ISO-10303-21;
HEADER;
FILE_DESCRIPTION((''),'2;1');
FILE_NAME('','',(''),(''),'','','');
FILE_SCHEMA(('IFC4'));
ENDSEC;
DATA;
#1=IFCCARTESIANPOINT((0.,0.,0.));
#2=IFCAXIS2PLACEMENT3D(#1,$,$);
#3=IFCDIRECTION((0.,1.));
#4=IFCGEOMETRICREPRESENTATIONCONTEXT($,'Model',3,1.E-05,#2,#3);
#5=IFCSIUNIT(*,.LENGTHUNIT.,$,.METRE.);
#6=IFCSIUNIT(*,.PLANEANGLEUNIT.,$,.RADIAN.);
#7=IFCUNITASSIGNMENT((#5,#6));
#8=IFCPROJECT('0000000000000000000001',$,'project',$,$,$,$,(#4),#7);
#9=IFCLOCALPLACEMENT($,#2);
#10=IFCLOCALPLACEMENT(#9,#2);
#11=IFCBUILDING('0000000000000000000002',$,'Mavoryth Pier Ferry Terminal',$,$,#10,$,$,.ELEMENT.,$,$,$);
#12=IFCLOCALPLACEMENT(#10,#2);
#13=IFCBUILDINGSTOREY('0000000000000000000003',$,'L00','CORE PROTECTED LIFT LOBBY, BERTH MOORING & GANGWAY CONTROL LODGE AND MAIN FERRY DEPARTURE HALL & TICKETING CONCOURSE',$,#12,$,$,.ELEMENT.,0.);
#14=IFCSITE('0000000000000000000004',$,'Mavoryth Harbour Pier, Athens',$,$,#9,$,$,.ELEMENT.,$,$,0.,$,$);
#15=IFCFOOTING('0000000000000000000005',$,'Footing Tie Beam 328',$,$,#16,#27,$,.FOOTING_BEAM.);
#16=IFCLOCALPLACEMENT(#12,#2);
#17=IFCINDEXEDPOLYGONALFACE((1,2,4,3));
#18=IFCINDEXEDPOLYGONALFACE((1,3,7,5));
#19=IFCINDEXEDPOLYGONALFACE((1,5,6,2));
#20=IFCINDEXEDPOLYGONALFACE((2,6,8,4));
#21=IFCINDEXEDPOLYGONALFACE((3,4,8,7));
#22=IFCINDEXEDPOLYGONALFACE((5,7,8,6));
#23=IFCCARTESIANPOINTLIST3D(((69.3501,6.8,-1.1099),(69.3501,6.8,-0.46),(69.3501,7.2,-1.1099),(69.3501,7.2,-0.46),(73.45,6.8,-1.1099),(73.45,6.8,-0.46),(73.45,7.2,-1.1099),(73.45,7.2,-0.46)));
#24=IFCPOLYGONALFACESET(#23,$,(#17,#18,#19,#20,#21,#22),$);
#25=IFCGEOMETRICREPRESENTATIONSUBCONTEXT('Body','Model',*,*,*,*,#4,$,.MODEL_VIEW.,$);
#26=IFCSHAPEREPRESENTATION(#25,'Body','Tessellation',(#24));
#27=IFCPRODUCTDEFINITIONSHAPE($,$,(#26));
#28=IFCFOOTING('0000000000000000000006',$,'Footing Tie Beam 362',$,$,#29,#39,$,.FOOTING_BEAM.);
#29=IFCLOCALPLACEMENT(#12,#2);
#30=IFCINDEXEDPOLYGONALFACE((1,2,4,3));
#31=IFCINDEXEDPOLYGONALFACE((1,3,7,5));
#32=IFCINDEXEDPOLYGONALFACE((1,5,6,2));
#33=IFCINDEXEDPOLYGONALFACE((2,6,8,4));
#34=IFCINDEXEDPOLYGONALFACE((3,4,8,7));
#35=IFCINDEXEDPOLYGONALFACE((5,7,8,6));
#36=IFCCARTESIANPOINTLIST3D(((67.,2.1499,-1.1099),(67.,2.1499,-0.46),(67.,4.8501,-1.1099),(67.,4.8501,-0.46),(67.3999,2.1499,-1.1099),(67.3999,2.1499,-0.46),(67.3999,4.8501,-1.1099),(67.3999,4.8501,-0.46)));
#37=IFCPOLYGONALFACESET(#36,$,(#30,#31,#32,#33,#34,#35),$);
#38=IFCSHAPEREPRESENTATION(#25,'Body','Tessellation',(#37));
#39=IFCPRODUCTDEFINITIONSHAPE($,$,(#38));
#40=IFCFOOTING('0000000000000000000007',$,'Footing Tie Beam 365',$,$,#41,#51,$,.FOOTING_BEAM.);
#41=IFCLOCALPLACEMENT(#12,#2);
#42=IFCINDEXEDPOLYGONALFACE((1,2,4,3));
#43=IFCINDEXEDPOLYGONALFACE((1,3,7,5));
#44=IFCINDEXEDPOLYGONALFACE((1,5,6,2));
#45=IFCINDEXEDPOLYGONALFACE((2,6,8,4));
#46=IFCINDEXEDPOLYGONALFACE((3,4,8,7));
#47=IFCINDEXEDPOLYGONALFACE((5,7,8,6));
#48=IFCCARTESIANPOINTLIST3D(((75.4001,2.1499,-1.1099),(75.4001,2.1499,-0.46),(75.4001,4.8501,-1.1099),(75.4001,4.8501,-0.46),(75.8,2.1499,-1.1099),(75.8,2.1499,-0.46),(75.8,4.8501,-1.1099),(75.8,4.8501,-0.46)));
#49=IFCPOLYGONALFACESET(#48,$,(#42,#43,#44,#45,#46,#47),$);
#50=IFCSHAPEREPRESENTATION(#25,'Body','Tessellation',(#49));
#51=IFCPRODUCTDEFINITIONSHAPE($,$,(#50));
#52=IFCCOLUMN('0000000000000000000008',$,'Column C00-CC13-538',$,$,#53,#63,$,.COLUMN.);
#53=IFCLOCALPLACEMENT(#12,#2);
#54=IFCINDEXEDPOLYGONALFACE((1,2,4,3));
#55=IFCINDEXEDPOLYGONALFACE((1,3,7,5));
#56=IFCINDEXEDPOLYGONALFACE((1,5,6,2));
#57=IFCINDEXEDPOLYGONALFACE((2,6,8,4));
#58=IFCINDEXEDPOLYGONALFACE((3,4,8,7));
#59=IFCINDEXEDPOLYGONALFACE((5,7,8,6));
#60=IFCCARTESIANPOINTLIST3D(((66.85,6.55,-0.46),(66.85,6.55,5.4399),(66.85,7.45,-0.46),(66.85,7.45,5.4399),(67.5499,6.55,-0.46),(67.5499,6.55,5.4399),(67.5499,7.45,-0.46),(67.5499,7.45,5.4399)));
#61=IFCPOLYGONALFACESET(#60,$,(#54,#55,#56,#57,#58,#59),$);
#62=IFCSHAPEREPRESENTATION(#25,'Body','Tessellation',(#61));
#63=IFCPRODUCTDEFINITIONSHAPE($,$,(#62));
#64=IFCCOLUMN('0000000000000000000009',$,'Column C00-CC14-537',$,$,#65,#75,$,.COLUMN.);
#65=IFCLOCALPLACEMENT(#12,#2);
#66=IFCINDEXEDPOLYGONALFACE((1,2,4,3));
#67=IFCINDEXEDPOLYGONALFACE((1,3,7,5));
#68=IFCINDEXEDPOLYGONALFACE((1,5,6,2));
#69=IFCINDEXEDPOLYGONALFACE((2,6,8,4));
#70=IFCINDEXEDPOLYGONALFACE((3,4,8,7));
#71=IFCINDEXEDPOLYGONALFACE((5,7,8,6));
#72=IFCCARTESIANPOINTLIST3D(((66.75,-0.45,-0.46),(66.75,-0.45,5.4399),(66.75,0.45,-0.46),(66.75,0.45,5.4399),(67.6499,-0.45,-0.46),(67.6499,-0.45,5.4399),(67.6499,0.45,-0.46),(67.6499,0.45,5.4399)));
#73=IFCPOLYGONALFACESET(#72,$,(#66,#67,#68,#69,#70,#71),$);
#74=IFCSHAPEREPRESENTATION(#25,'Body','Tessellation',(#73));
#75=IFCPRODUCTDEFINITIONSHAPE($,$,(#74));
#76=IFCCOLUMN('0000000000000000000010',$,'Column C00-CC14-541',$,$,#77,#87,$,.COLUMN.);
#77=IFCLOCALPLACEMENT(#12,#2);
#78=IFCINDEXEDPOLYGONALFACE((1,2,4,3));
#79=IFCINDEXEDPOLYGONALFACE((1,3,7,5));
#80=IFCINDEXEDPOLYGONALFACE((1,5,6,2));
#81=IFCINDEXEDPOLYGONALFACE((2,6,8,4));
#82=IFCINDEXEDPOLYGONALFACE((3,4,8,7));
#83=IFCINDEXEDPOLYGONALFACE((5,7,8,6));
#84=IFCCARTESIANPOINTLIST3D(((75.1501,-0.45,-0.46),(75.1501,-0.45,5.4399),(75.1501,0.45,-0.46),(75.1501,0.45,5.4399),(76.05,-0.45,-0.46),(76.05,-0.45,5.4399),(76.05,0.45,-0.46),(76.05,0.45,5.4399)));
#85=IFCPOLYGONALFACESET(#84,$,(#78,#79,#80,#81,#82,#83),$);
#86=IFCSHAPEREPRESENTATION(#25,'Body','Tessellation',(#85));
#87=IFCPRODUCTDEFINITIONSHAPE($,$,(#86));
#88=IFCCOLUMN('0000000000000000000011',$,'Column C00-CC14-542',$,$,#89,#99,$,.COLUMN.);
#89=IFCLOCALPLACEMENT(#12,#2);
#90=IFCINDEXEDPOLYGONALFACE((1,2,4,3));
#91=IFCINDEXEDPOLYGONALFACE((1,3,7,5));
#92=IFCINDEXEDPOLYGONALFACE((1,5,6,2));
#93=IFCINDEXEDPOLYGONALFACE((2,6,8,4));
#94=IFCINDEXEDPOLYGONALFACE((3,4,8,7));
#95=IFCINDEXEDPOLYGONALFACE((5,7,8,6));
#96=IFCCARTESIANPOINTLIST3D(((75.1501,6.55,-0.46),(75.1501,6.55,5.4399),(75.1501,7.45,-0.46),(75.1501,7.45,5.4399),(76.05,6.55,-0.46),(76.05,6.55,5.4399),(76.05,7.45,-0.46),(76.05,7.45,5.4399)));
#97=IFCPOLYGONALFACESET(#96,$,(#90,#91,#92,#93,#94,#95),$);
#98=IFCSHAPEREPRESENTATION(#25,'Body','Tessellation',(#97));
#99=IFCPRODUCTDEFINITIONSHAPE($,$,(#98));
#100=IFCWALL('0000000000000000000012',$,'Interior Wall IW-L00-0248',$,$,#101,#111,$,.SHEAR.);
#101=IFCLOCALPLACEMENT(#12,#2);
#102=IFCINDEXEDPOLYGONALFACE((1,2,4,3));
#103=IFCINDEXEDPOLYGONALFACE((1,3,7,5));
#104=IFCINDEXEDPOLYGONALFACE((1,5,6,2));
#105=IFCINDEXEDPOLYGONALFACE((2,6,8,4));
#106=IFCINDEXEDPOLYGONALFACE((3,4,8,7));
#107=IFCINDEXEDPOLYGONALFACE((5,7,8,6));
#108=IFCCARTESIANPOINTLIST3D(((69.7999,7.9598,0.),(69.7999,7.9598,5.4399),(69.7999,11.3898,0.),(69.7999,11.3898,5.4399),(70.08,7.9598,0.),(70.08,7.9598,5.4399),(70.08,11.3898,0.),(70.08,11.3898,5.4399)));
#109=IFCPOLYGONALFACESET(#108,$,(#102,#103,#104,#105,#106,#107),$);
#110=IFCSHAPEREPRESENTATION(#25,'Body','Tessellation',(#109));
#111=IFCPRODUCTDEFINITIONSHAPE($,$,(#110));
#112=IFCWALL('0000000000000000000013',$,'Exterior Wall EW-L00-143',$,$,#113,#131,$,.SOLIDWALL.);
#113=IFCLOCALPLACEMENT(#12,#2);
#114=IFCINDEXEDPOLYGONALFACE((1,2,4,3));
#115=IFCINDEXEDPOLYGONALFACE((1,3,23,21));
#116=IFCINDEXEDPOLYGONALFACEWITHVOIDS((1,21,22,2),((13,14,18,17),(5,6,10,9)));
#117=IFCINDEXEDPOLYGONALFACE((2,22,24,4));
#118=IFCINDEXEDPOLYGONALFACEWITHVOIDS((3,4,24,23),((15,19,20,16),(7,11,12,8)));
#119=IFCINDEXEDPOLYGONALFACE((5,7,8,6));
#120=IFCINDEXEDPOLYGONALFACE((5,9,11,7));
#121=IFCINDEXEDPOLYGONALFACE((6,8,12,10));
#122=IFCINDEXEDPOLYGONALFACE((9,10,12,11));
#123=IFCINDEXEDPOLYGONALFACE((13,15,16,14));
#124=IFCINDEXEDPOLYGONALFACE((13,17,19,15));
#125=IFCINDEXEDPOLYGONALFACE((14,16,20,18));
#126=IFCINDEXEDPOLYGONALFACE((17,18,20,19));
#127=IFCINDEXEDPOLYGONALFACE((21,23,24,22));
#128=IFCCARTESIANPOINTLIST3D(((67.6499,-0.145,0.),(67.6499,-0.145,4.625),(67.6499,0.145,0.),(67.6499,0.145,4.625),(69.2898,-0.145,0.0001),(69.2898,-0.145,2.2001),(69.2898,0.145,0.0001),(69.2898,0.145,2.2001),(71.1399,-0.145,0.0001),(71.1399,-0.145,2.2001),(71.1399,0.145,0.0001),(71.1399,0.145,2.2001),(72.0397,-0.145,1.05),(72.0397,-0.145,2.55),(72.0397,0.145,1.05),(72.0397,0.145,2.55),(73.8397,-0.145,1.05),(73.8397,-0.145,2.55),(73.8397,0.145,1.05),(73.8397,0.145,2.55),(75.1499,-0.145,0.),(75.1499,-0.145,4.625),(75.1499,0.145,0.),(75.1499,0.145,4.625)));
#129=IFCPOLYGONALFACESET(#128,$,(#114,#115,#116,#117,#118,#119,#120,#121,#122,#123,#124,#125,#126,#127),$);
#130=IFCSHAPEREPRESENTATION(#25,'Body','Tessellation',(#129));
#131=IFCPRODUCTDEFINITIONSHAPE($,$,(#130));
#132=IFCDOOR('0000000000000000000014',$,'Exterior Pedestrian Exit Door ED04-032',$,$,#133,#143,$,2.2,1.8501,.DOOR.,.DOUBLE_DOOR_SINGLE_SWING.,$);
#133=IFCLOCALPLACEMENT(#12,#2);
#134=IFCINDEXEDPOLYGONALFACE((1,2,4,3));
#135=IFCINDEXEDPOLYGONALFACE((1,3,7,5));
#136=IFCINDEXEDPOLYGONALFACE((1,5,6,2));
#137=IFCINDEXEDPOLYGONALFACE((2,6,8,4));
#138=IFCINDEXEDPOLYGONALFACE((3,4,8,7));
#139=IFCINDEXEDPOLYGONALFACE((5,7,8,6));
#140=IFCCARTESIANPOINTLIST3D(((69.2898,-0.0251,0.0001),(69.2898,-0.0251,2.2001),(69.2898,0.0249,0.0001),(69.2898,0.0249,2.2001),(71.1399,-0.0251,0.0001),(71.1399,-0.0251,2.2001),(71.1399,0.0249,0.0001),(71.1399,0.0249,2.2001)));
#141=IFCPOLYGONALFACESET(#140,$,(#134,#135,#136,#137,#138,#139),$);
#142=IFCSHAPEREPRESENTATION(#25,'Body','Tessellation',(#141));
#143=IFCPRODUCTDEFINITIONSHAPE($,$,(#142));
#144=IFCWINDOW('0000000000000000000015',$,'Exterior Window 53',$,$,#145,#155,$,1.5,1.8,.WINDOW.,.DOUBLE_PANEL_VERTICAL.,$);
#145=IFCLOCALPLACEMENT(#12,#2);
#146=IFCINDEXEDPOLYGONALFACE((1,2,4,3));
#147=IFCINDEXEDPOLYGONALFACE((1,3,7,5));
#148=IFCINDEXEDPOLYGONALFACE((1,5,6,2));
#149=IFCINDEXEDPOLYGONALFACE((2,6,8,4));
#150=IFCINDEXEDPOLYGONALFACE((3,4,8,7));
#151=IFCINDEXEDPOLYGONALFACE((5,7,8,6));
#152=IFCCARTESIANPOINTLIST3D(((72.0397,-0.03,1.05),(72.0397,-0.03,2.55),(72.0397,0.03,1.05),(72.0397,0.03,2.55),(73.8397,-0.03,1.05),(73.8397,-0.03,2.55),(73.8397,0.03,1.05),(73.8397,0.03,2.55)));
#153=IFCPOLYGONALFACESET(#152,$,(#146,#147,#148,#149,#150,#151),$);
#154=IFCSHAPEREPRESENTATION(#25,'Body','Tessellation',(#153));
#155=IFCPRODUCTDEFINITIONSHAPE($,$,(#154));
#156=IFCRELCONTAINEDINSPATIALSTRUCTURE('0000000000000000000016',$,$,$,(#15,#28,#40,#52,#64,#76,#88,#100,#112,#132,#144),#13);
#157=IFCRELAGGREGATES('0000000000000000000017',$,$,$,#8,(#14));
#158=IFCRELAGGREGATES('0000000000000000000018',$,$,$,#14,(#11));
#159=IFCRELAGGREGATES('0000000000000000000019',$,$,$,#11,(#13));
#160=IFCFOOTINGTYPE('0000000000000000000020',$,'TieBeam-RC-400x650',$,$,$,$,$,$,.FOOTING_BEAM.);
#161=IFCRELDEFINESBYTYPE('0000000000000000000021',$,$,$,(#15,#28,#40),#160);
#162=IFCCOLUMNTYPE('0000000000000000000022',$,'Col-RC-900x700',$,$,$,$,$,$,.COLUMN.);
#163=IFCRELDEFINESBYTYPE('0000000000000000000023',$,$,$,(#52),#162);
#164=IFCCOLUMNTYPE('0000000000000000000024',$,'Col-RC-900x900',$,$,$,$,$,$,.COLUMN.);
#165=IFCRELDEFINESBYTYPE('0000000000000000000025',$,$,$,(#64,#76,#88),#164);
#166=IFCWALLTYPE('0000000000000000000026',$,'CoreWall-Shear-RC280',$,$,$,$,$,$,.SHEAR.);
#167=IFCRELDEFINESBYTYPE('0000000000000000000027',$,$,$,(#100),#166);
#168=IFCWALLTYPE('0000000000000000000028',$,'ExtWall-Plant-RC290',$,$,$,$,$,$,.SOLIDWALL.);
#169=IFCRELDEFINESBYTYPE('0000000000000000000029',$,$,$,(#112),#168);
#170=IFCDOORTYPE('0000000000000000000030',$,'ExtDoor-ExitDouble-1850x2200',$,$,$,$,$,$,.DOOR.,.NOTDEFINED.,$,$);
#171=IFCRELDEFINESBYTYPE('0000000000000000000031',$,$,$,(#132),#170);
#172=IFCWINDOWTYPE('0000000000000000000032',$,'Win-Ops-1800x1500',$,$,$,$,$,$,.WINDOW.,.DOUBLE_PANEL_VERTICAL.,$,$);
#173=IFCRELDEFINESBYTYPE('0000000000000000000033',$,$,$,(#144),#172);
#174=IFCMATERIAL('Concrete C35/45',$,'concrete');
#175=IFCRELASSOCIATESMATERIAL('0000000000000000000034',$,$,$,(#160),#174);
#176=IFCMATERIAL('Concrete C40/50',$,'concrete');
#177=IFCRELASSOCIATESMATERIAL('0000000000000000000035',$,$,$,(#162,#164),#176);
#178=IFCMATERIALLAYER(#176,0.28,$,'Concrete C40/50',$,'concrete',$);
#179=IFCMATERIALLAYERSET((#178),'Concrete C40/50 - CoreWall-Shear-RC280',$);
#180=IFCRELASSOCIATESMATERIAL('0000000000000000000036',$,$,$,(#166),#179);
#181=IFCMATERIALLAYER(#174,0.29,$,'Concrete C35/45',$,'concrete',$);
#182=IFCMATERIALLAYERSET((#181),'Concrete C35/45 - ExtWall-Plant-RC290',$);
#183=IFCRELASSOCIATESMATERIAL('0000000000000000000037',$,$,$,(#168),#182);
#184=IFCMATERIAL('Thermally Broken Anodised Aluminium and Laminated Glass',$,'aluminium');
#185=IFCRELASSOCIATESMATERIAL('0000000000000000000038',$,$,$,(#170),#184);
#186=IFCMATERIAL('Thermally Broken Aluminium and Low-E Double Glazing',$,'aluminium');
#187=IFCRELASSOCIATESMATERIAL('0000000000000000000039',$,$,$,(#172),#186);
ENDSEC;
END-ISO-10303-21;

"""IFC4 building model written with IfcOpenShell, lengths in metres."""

from ifc_helpers import new_model, si_unit, direction, frame, frame_2d, origin, origin_2d, place, context, subcontext, project, spatial, rectangle, extrude, material, layer, layer_set, material_profile, profile_set, type_object, element, fill, save


model = new_model("IFC4")

# Units and contexts
model_context = context("Model", 3, precision=1e-05, world=origin(), true_north=direction((0.0, 1.0)))
body_context = subcontext(model_context, "Body", "Model", "MODEL_VIEW")
ifc_project = project(units=[si_unit("LENGTHUNIT", "METRE"), si_unit("PLANEANGLEUNIT", "RADIAN")], contexts=[model_context])

# Site, building, storey
site_placement = place(None, origin())
site = spatial("IfcSite", under=ifc_project, at=site_placement, Name="Mavoryth Harbour Pier, Athens", CompositionType="ELEMENT", RefElevation=0.0)
building_placement = place(site_placement, origin())
building = spatial("IfcBuilding", under=site, at=building_placement, Name="Mavoryth Pier Ferry Terminal", CompositionType="ELEMENT")
storey_placement = place(building_placement, origin())
storey = spatial("IfcBuildingStorey", under=building, at=storey_placement, Name="L00", Description="CORE PROTECTED LIFT LOBBY, BERTH MOORING & GANGWAY CONTROL LODGE AND MAIN FERRY DEPARTURE HALL & TICKETING CONCOURSE", CompositionType="ELEMENT", Elevation=0.0)

# Shared definitions
ifc_material_1 = material(Name="Concrete C35/45", Category="concrete")

# Footings
ifc_material_profile_1 = material_profile(ifc_material_1, rectangle(XDim=0.3999, YDim=0.6499, at=origin_2d()), Name="RC 400x650", Category="concrete")
ifc_profile_set_1 = profile_set([ifc_material_profile_1], Name="Concrete C35/45 - RC 400x650")
footing_type_1 = type_object("IfcFootingType", Name="TieBeam-RC-400x650", PredefinedType="FOOTING_BEAM", material=ifc_profile_set_1)
for number, where, z_axis, x_axis, name in (
    (1, (69.3501, 7.0, -0.7849), (1.0, 0.0, 0.0), (0.0, 1.0, 0.0), "Footing Tie Beam 328"),
):
    element("IfcFooting", number, at=place(storey_placement, frame(where, z_axis=z_axis, x_axis=x_axis)), inside=storey, type_object=footing_type_1, Name=name, PredefinedType="FOOTING_BEAM", context=body_context, shape_type="SweptSolid", body=[
        extrude(rectangle(XDim=0.3999, YDim=0.6499, at=origin_2d()), origin(), (0.0, 0.0, 1.0), 4.0999),
    ])
for number, where, z_axis, x_axis, name in (
    (2, (67.2, 2.1499, -0.7849), (0.0, 1.0, 0.0), (-1.0, 0.0, 0.0), "Footing Tie Beam 362"),
    (3, (75.6001, 2.1499, -0.7849), (0.0, 1.0, 0.0), (-1.0, 0.0, 0.0), "Footing Tie Beam 365"),
):
    element("IfcFooting", number, at=place(storey_placement, frame(where, z_axis=z_axis, x_axis=x_axis)), inside=storey, type_object=footing_type_1, Name=name, PredefinedType="FOOTING_BEAM", context=body_context, shape_type="SweptSolid", body=[
        extrude(rectangle(XDim=0.3999, YDim=0.6499, at=origin_2d()), origin(), (0.0, 0.0, 1.0), 2.7002),
    ])

# Columns
ifc_material_2 = material(Name="Concrete C40/50", Category="concrete")
ifc_material_profile_2 = material_profile(ifc_material_2, rectangle(XDim=0.7, YDim=0.8999, at=origin_2d()), Name="RC 900x700", Category="concrete")
ifc_profile_set_2 = profile_set([ifc_material_profile_2], Name="Concrete C40/50 - RC 900x700")
column_type_1 = type_object("IfcColumnType", Name="Col-RC-900x700", PredefinedType="COLUMN", material=ifc_profile_set_2)
column_placement = place(storey_placement, frame((67.2, 7.0, -0.46), z_axis=(0.0, 0.0, 1.0), x_axis=(1.0, 0.0, 0.0)))
element("IfcColumn", 4, at=column_placement, inside=storey, type_object=column_type_1, Name="Column C00-CC13-538", PredefinedType="COLUMN", context=body_context, shape_type="SweptSolid", body=[
    extrude(rectangle(XDim=0.7, YDim=0.8999, at=origin_2d()), origin(), (0.0, 0.0, 1.0), 5.8999),
])
ifc_material_profile_3 = material_profile(ifc_material_2, rectangle(XDim=0.8999, YDim=0.8999, at=origin_2d()), Name="RC 900x900", Category="concrete")
ifc_profile_set_3 = profile_set([ifc_material_profile_3], Name="Concrete C40/50 - RC 900x900")
column_type_2 = type_object("IfcColumnType", Name="Col-RC-900x900", PredefinedType="COLUMN", material=ifc_profile_set_3)
for number, where, z_axis, x_axis, name in (
    (5, (67.2, 0.0, -0.46), (0.0, 0.0, 1.0), (1.0, 0.0, 0.0), "Column C00-CC14-537"),
    (6, (75.6001, 0.0, -0.46), (0.0, 0.0, 1.0), (1.0, 0.0, 0.0), "Column C00-CC14-541"),
    (7, (75.6001, 7.0, -0.46), (0.0, 0.0, 1.0), (1.0, 0.0, 0.0), "Column C00-CC14-542"),
):
    element("IfcColumn", number, at=place(storey_placement, frame(where, z_axis=z_axis, x_axis=x_axis)), inside=storey, type_object=column_type_2, Name=name, PredefinedType="COLUMN", context=body_context, shape_type="SweptSolid", body=[
        extrude(rectangle(XDim=0.8999, YDim=0.8999, at=origin_2d()), origin(), (0.0, 0.0, 1.0), 5.8999),
    ])

# Wall
ifc_layer_1 = layer(ifc_material_2, 0.28, Name="Concrete C40/50", Category="concrete")
ifc_layer_set_1 = layer_set([ifc_layer_1], Name="Concrete C40/50 - CoreWall-Shear-RC280")
wall_type_1 = type_object("IfcWallType", Name="CoreWall-Shear-RC280", PredefinedType="SHEAR", material=ifc_layer_set_1)
wall_1_placement = place(storey_placement, frame((69.9399, 7.96, 0.0), z_axis=(0.0, 0.0, 1.0), x_axis=(0.0, 1.0, 0.0)))
element("IfcWall", 8, at=wall_1_placement, inside=storey, type_object=wall_type_1, Name="Interior Wall IW-L00-0248", PredefinedType="SHEAR", context=body_context, shape_type="SweptSolid", body=[
    extrude(rectangle(XDim=3.4299, YDim=0.28, at=frame_2d((1.7148, 0.0))), origin(), (0.0, 0.0, 1.0), 5.4399),
])

# Wall, openings, door, window
ifc_layer_2 = layer(ifc_material_1, 0.29, Name="Concrete C35/45", Category="concrete")
ifc_layer_set_2 = layer_set([ifc_layer_2], Name="Concrete C35/45 - ExtWall-Plant-RC290")
wall_type_2 = type_object("IfcWallType", Name="ExtWall-Plant-RC290", PredefinedType="SOLIDWALL", material=ifc_layer_set_2)
wall_2_placement = place(storey_placement, frame((67.6499, 0.0, 0.0), z_axis=(0.0, 0.0, 1.0), x_axis=(1.0, 0.0, 0.0)))
wall_2 = element("IfcWall", 9, at=wall_2_placement, inside=storey, type_object=wall_type_2, Name="Exterior Wall EW-L00-143", PredefinedType="SOLIDWALL", context=body_context, shape_type="SweptSolid", body=[
    extrude(rectangle(XDim=7.5, YDim=0.29, at=frame_2d((3.75, 0.0))), origin(), (0.0, 0.0, 1.0), 4.625),
])
opening_1_placement = place(wall_2_placement, frame((1.6399, 0.0, 0.0)))
opening_1 = element("IfcOpeningElement", 10, at=opening_1_placement, cuts=wall_2, PredefinedType="OPENING", context=body_context, shape_type="SweptSolid", body=[
    extrude(rectangle(XDim=1.8501, YDim=2.2, at=frame_2d((0.925, 1.1001))), frame((0.0, 0.155, 0.0), z_axis=(0.0, -1.0, 0.0), x_axis=(1.0, 0.0, 0.0)), (0.0, 0.0, 1.0), 0.3101),
])
opening_2_placement = place(wall_2_placement, frame((4.3899, 0.0, 1.05)))
opening_2 = element("IfcOpeningElement", 11, at=opening_2_placement, cuts=wall_2, PredefinedType="OPENING", context=body_context, shape_type="SweptSolid", body=[
    extrude(rectangle(XDim=1.8, YDim=1.5, at=frame_2d((0.8999, 0.75))), frame((0.0, 0.155, 0.0), z_axis=(0.0, -1.0, 0.0), x_axis=(1.0, 0.0, 0.0)), (0.0, 0.0, 1.0), 0.3101),
])
ifc_material_3 = material(Name="Thermally Broken Anodised Aluminium and Laminated Glass", Category="aluminium")
door_type_1 = type_object("IfcDoorType", Name="ExtDoor-ExitDouble-1850x2200", OperationType="NOTDEFINED", PredefinedType="DOOR", material=ifc_material_3)
door_1_placement = place(opening_1_placement, origin())
door_1 = element("IfcDoor", 12, at=door_1_placement, inside=storey, type_object=door_type_1, Name="Exterior Pedestrian Exit Door ED04-032", OperationType="DOUBLE_DOOR_SINGLE_SWING", OverallHeight=2.2, OverallWidth=1.8501, PredefinedType="DOOR", context=body_context, shape_type="SweptSolid", body=[
    extrude(rectangle(XDim=1.8501, YDim=2.2, at=frame_2d((0.925, 1.1001))), frame((0.0, 0.0249, 0.0), z_axis=(0.0, -1.0, 0.0), x_axis=(1.0, 0.0, 0.0)), (0.0, 0.0, 1.0), 0.05),
])
fill(opening_1, door_1)
ifc_material_4 = material(Name="Thermally Broken Aluminium and Low-E Double Glazing", Category="aluminium")
window_type_1 = type_object("IfcWindowType", Name="Win-Ops-1800x1500", PartitioningType="DOUBLE_PANEL_VERTICAL", PredefinedType="WINDOW", material=ifc_material_4)
window_1_placement = place(opening_2_placement, origin())
window_1 = element("IfcWindow", 13, at=window_1_placement, inside=storey, type_object=window_type_1, Name="Exterior Window 53", OverallHeight=1.5, OverallWidth=1.8, PartitioningType="DOUBLE_PANEL_VERTICAL", PredefinedType="WINDOW", context=body_context, shape_type="SweptSolid", body=[
    extrude(rectangle(XDim=1.8, YDim=1.5, at=frame_2d((0.8999, 0.75))), frame((0.0, 0.03, 0.0), z_axis=(0.0, -1.0, 0.0), x_axis=(1.0, 0.0, 0.0)), (0.0, 0.0, 1.0), 0.0601),
])
fill(opening_2, window_1)

save(model, "model.ifc")
